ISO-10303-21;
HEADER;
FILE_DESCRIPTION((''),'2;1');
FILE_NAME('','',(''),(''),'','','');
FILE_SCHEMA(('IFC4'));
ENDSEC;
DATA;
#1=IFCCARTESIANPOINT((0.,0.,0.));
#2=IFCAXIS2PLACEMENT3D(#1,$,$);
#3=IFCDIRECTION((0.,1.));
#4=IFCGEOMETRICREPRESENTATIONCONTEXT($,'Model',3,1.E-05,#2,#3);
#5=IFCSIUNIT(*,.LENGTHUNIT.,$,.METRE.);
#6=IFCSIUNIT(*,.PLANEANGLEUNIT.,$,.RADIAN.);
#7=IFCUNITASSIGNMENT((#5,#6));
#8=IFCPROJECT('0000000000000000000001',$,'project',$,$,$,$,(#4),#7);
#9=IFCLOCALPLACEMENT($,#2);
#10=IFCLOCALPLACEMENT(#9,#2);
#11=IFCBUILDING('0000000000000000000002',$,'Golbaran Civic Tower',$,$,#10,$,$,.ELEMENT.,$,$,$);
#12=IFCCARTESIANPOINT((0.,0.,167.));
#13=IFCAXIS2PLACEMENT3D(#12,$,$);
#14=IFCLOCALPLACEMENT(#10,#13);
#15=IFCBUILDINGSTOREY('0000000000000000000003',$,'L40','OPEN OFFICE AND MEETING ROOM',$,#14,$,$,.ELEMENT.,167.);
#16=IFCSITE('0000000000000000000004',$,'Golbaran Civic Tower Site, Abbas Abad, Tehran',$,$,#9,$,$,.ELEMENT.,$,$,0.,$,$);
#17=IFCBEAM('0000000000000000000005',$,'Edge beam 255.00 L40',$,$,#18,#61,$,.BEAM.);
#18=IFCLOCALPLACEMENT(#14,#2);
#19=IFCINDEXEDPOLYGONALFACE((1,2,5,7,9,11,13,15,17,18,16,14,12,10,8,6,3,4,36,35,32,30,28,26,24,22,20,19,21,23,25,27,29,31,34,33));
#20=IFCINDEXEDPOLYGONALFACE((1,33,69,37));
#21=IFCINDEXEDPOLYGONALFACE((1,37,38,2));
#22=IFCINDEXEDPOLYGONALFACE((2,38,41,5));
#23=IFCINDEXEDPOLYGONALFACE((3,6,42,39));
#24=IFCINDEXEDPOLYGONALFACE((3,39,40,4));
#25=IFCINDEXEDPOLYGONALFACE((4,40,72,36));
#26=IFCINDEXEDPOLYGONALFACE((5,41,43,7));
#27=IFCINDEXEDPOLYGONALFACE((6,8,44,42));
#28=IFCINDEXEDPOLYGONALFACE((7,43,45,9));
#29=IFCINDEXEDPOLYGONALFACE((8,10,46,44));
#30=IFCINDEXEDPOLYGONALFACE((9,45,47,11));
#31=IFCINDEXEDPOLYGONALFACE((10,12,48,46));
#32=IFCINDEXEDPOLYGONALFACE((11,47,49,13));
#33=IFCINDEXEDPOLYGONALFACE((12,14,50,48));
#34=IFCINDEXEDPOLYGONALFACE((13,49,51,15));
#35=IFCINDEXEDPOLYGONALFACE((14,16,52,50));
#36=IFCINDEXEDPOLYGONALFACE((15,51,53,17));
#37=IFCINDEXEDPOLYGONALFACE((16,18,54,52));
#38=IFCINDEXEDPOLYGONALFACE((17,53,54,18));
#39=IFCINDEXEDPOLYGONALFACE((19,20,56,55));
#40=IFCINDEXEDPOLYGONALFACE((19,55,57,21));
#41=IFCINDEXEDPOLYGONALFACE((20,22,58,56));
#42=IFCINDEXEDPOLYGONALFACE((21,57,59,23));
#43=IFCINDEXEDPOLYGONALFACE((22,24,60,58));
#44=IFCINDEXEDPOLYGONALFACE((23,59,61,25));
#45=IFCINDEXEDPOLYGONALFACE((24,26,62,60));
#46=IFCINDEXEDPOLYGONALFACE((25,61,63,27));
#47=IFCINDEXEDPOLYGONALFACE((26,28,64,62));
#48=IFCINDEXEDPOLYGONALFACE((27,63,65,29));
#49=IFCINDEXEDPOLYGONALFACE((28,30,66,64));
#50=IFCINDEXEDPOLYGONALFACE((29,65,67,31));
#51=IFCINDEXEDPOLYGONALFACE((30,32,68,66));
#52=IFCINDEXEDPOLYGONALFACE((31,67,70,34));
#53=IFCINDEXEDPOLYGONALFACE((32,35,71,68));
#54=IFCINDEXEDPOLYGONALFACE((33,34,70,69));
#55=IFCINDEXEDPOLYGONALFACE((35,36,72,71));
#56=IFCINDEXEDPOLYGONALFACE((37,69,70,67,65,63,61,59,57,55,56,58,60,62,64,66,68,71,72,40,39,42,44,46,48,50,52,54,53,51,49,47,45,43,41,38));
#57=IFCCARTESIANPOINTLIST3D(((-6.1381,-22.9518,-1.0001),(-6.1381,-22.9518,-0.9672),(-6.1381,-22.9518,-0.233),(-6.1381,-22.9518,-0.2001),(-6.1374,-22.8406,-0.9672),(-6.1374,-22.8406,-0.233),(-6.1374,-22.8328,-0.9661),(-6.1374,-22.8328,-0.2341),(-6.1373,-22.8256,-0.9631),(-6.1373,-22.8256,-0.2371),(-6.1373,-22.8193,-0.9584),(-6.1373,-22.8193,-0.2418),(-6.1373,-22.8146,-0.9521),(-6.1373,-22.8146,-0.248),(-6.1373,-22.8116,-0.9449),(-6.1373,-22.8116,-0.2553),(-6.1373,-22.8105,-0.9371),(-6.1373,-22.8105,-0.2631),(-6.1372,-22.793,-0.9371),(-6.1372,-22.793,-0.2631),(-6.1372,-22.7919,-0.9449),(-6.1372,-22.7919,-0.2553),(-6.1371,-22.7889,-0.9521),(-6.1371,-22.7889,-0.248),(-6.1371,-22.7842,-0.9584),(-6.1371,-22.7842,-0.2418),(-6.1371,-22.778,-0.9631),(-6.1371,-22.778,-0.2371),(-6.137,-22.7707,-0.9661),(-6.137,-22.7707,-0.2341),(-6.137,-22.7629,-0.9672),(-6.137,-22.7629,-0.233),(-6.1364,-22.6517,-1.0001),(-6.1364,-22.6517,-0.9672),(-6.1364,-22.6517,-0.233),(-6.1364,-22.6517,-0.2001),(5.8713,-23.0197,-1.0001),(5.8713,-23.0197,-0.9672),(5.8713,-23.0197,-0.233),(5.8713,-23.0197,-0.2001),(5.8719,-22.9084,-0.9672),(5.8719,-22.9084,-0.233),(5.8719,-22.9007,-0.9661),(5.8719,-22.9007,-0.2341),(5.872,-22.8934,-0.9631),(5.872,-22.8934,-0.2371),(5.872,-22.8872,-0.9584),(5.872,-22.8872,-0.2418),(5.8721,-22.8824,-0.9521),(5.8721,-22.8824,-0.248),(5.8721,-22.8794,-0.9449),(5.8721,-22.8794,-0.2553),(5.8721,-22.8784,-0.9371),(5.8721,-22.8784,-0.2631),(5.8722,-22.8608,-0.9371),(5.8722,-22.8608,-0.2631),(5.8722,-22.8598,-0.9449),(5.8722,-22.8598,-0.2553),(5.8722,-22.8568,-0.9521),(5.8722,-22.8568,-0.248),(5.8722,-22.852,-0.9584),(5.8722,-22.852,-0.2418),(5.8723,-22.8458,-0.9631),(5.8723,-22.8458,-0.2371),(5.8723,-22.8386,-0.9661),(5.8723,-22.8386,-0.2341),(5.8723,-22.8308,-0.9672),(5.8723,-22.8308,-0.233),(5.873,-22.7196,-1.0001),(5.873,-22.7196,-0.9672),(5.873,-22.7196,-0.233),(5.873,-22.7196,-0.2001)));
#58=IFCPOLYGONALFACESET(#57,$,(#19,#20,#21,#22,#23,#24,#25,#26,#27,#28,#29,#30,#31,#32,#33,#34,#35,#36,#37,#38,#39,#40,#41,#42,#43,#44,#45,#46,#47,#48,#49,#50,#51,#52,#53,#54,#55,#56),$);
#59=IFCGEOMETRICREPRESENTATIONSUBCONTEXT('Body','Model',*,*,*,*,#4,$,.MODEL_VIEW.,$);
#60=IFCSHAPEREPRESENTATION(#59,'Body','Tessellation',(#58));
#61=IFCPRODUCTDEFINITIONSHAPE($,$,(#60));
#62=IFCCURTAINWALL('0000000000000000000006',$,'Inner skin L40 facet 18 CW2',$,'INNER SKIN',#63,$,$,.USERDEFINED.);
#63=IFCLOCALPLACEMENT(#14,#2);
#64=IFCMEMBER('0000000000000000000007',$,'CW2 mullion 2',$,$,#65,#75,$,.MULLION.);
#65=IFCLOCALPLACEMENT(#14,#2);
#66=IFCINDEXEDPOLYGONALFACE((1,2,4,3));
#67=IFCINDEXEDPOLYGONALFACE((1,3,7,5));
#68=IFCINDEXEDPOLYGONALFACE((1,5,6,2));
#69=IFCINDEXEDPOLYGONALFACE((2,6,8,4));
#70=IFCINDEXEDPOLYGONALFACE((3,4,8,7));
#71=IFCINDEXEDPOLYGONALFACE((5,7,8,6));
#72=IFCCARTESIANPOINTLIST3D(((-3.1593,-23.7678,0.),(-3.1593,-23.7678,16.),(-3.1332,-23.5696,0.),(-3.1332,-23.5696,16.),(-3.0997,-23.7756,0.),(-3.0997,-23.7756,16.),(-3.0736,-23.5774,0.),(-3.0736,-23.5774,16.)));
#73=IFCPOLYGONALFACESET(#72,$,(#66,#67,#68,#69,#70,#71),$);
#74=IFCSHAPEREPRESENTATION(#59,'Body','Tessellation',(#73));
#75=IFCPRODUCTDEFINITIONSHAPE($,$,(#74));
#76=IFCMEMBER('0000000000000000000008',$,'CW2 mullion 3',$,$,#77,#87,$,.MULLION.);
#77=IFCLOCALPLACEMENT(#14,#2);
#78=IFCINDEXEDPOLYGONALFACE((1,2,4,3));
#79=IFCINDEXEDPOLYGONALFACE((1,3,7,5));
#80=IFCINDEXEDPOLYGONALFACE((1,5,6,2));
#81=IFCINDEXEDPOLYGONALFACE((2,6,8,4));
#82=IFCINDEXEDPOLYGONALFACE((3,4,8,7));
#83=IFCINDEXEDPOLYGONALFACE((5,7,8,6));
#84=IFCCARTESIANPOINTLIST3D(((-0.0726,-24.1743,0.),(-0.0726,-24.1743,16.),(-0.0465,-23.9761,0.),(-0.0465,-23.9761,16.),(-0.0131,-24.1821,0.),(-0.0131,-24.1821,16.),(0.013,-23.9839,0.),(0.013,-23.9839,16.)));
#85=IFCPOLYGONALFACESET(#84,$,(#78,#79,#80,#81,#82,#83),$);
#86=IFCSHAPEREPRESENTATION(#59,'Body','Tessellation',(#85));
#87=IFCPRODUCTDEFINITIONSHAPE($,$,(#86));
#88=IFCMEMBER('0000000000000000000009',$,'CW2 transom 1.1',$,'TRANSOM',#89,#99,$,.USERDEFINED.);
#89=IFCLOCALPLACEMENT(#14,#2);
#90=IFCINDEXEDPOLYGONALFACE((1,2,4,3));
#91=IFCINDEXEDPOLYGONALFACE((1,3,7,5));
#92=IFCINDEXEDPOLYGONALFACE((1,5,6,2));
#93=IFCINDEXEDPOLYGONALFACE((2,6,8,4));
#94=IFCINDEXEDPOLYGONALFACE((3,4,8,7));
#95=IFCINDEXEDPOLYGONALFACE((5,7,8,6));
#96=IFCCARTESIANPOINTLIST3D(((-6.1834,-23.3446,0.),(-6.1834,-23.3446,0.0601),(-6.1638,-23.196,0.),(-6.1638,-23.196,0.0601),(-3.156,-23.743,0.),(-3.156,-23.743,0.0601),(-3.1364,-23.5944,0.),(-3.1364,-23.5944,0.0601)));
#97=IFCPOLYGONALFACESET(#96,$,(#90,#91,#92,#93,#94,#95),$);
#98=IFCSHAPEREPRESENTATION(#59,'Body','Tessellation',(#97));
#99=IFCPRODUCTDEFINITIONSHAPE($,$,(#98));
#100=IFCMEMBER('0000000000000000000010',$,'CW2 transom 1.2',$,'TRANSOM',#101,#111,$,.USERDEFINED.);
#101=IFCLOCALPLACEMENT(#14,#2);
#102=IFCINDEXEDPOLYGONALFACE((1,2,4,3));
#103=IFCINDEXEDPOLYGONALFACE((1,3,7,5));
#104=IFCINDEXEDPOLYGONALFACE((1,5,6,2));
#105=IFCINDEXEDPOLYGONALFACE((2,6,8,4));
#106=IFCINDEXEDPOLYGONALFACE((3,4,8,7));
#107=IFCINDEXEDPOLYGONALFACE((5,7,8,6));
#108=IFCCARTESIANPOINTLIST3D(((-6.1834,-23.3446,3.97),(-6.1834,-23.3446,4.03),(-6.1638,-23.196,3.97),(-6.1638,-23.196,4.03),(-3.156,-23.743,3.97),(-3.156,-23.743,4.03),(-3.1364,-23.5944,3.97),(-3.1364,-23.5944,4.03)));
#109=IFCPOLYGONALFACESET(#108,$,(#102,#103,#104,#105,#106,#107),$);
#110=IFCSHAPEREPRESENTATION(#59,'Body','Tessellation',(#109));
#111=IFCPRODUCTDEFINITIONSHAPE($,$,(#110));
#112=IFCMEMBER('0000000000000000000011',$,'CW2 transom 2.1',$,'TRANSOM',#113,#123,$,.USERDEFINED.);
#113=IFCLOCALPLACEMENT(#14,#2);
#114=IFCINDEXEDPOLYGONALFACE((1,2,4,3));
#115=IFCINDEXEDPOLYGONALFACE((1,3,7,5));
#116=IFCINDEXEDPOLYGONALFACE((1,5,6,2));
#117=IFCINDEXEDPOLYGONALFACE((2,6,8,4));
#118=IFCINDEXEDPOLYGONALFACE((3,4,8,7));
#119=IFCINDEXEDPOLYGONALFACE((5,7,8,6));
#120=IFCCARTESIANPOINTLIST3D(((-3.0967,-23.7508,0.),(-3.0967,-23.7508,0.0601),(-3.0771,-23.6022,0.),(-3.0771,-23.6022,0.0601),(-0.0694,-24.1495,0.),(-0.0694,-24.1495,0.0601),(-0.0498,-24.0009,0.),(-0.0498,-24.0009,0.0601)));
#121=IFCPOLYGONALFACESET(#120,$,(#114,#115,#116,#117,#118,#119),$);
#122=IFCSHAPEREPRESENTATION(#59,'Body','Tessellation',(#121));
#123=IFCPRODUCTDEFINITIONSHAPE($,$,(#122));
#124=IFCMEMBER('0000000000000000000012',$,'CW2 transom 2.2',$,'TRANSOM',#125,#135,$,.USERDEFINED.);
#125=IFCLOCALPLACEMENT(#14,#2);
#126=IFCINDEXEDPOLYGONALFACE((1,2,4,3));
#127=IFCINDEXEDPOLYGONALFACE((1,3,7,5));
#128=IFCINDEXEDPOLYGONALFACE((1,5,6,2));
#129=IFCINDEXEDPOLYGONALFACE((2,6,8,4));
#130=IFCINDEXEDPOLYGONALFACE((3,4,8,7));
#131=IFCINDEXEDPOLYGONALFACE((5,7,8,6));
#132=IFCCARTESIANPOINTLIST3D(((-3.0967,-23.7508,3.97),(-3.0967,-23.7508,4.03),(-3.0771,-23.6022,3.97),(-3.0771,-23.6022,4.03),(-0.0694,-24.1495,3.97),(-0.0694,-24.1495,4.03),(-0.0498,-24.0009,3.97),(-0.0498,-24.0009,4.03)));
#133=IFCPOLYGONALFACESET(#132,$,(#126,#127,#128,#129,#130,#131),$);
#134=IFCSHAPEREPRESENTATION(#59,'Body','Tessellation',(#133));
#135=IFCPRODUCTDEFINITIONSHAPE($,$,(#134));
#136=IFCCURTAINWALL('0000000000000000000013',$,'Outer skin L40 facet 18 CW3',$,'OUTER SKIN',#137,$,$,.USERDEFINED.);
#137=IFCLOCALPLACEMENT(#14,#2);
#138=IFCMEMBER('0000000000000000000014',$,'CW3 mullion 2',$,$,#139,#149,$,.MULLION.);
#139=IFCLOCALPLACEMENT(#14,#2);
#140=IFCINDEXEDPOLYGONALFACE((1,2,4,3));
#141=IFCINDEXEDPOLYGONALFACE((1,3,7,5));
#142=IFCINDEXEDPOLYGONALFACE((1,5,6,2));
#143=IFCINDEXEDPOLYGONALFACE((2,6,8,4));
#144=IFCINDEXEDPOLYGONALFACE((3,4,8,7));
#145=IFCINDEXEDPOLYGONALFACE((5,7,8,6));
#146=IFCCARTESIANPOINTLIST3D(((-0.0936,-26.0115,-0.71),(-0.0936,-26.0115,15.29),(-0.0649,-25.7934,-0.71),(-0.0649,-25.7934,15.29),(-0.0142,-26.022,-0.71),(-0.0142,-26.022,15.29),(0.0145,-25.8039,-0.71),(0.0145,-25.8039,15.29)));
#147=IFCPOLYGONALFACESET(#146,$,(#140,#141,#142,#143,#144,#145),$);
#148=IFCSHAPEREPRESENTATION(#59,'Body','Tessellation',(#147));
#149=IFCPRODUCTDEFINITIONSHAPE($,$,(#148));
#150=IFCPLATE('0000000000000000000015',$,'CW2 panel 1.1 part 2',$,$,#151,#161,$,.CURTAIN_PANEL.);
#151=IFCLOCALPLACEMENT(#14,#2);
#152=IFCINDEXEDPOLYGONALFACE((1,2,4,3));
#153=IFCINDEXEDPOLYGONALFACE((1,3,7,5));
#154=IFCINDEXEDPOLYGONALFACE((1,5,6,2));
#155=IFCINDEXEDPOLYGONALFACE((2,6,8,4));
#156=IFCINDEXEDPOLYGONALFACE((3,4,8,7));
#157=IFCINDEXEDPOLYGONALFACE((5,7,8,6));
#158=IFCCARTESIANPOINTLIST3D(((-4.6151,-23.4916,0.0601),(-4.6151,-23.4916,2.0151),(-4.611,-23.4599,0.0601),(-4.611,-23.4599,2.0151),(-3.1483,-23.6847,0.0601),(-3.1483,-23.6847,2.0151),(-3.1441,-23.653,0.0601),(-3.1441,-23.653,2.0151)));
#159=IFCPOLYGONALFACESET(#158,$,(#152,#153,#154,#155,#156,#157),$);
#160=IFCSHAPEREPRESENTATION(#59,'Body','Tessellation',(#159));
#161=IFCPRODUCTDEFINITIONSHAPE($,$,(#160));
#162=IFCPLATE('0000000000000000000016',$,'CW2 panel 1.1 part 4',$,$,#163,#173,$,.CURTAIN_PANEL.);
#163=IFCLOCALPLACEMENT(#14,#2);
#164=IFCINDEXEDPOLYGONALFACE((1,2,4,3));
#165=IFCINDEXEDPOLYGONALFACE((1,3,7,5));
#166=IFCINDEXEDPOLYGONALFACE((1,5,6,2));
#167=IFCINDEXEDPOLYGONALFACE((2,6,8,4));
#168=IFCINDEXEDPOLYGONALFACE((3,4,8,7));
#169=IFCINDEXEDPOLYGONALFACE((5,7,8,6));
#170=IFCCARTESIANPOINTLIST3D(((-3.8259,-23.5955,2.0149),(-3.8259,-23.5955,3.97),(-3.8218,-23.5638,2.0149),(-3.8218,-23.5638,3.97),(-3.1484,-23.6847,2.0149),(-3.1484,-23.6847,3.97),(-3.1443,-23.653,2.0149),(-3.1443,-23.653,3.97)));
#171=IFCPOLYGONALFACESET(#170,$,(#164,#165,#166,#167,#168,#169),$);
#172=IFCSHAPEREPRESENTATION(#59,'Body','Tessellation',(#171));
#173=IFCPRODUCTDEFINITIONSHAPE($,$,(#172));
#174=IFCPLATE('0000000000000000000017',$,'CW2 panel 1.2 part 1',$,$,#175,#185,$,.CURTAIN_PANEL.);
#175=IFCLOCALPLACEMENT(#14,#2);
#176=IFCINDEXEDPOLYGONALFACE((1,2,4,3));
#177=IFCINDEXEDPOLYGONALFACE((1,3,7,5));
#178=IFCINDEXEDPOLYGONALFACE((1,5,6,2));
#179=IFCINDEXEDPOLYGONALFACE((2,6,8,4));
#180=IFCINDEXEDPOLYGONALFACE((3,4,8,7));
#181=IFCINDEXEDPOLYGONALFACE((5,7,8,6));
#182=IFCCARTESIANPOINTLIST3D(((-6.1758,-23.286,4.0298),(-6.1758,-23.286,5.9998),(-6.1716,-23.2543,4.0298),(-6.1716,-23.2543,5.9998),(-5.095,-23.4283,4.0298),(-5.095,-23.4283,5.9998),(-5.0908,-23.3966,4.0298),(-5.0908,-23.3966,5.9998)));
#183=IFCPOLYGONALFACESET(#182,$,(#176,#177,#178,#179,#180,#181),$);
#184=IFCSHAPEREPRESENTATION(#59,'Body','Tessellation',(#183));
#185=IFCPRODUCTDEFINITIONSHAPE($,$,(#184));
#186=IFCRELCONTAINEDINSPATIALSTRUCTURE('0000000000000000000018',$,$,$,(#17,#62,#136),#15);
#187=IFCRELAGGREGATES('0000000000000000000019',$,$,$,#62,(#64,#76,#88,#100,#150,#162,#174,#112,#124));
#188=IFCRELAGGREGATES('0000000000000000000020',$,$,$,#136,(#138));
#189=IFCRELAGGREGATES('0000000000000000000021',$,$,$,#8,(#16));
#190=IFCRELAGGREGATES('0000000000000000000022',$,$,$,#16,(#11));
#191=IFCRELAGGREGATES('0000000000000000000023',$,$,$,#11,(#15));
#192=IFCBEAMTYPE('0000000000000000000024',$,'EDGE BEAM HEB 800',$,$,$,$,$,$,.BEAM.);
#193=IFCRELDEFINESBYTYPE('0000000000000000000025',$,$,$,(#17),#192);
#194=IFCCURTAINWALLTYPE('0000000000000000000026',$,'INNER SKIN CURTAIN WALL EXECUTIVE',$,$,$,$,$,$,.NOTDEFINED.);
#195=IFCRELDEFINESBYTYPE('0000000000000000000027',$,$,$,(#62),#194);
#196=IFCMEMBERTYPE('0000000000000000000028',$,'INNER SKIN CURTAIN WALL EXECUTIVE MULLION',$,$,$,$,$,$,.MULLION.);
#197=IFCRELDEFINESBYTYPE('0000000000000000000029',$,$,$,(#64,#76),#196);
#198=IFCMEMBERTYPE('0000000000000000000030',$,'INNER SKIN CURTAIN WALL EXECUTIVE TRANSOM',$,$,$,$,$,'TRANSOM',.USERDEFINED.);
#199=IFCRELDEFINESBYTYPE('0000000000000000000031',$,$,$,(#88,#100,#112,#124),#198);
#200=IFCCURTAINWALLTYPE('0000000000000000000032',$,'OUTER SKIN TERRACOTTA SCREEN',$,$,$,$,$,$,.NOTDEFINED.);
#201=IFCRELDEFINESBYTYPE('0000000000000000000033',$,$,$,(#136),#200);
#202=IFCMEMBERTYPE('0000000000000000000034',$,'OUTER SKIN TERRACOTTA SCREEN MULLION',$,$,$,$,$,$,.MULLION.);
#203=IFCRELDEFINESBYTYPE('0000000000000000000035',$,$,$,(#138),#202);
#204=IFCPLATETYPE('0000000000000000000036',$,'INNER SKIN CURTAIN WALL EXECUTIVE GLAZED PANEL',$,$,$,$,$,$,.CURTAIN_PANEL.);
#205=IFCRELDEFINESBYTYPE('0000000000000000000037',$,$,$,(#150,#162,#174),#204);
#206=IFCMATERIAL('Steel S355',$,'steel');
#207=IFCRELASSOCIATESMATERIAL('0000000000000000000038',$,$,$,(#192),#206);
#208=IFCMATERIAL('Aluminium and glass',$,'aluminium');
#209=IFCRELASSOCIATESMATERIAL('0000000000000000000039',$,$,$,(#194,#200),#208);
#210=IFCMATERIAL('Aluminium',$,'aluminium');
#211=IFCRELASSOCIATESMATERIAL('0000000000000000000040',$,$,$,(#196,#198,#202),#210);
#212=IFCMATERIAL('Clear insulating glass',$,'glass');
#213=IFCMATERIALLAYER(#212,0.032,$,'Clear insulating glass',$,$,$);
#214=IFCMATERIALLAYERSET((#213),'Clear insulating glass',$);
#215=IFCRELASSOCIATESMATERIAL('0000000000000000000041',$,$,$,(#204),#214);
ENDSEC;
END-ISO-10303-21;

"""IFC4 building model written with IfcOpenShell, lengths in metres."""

from ifc_helpers import new_model, si_unit, direction, frame, origin, origin_2d, place, context, subcontext, project, spatial, rectangle, i_section, extrude, material, layer, layer_set, material_profile, profile_set, type_object, element, aggregate, save


model = new_model("IFC4")

# Units and contexts
model_context = context("Model", 3, precision=1e-05, world=origin(), true_north=direction((0.0, 1.0)))
body_context = subcontext(model_context, "Body", "Model", "MODEL_VIEW")
ifc_project = project(units=[si_unit("LENGTHUNIT", "METRE"), si_unit("PLANEANGLEUNIT", "RADIAN")], contexts=[model_context])

# Site, building, storey
site_placement = place(None, origin())
site = spatial("IfcSite", under=ifc_project, at=site_placement, Name="Golbaran Civic Tower Site, Abbas Abad, Tehran", CompositionType="ELEMENT", RefElevation=0.0)
building_placement = place(site_placement, origin())
building = spatial("IfcBuilding", under=site, at=building_placement, Name="Golbaran Civic Tower", CompositionType="ELEMENT")
storey_placement = place(building_placement, frame((0.0, 0.0, 167.0)))
storey = spatial("IfcBuildingStorey", under=building, at=storey_placement, Name="L40", Description="OPEN OFFICE AND MEETING ROOM", CompositionType="ELEMENT", Elevation=167.0)

# Beam
ifc_material_1 = material(Name="Steel S355", Category="steel")
ifc_material_profile_1 = material_profile(ifc_material_1, i_section(OverallWidth=0.3, OverallDepth=0.8, WebThickness=0.0176, FlangeThickness=0.033, FilletRadius=0.03, at=origin_2d()), Name="HEB 800")
ifc_profile_set_1 = profile_set([ifc_material_profile_1], Name="Steel S355")
beam_type = type_object("IfcBeamType", Name="EDGE BEAM HEB 800", PredefinedType="BEAM", material=ifc_profile_set_1)
beam_placement = place(storey_placement, frame((-6.1372, -22.8018, -0.6001), z_axis=(0.999984, -0.005651, 0.0), x_axis=(0.005651, 0.999984, 0.0)))
element("IfcBeam", 1, at=beam_placement, inside=storey, type_object=beam_type, Name="Edge beam 255.00 L40", PredefinedType="BEAM", context=body_context, shape_type="SweptSolid", body=[
    extrude(i_section(OverallWidth=0.3, OverallDepth=0.8, WebThickness=0.0176, FlangeThickness=0.033, FilletRadius=0.03, at=origin_2d()), origin(), (0.0, 0.0, 1.0), 12.0095),
])

# Curtain wall, members
ifc_material_2 = material(Name="Aluminium and glass", Category="aluminium")
curtain_wall_type_1 = type_object("IfcCurtainWallType", Name="INNER SKIN CURTAIN WALL EXECUTIVE", PredefinedType="NOTDEFINED", material=ifc_material_2)
curtain_wall_1_placement = place(storey_placement, origin())
curtain_wall_1 = element("IfcCurtainWall", 2, at=curtain_wall_1_placement, inside=storey, type_object=curtain_wall_type_1, Name="Inner skin L40 facet 18 CW2", ObjectType="INNER SKIN", PredefinedType="USERDEFINED")
ifc_material_3 = material(Name="Aluminium", Category="aluminium")
ifc_material_profile_2 = material_profile(ifc_material_3, rectangle(XDim=0.2, YDim=0.0601, at=origin_2d()), Name="INNER SKIN CURTAIN WALL EXECUTIVE MULLION")
ifc_profile_set_2 = profile_set([ifc_material_profile_2], Name="Aluminium")
member_type_1 = type_object("IfcMemberType", Name="INNER SKIN CURTAIN WALL EXECUTIVE MULLION", PredefinedType="MULLION", material=ifc_profile_set_2)
member_1_placement = place(storey_placement, frame((-3.1165, -23.6726, 0.0), z_axis=(0.0, 0.0, 1.0), x_axis=(0.130526, 0.991445, 0.0)))
member_1 = element("IfcMember", 3, at=member_1_placement, type_object=member_type_1, Name="CW2 mullion 2", PredefinedType="MULLION", context=body_context, shape_type="SweptSolid", body=[
    extrude(rectangle(XDim=0.2, YDim=0.0601, at=origin_2d()), origin(), (0.0, 0.0, 1.0), 16.0),
])
member_2_placement = place(storey_placement, frame((-0.0298, -24.0791, 0.0), z_axis=(0.0, 0.0, 1.0), x_axis=(0.130526, 0.991445, 0.0)))
member_2 = element("IfcMember", 4, at=member_2_placement, type_object=member_type_1, Name="CW2 mullion 3", PredefinedType="MULLION", context=body_context, shape_type="SweptSolid", body=[
    extrude(rectangle(XDim=0.2, YDim=0.0601, at=origin_2d()), origin(), (0.0, 0.0, 1.0), 16.0),
])
ifc_material_profile_3 = material_profile(ifc_material_3, rectangle(XDim=0.1499, YDim=0.0601, at=origin_2d()), Name="INNER SKIN CURTAIN WALL EXECUTIVE TRANSOM")
ifc_profile_set_3 = profile_set([ifc_material_profile_3], Name="Aluminium")
member_type_2 = type_object("IfcMemberType", Name="INNER SKIN CURTAIN WALL EXECUTIVE TRANSOM", ElementType="TRANSOM", PredefinedType="USERDEFINED", material=ifc_profile_set_3)
member_3_placement = place(storey_placement, frame((-6.1736, -23.2703, 0.03), z_axis=(0.99145, -0.130488, 0.0), x_axis=(0.130488, 0.99145, 0.0)))
member_3 = element("IfcMember", 5, at=member_3_placement, type_object=member_type_2, Name="CW2 transom 1.1", ObjectType="TRANSOM", PredefinedType="USERDEFINED", context=body_context, shape_type="SweptSolid", body=[
    extrude(rectangle(XDim=0.1499, YDim=0.0601, at=origin_2d()), origin(), (0.0, 0.0, 1.0), 3.0535),
])
member_4_placement = place(storey_placement, frame((-6.1736, -23.2703, 4.0), z_axis=(0.99145, -0.130488, 0.0), x_axis=(0.130488, 0.99145, 0.0)))
member_4 = element("IfcMember", 6, at=member_4_placement, type_object=member_type_2, Name="CW2 transom 1.2", ObjectType="TRANSOM", PredefinedType="USERDEFINED", context=body_context, shape_type="SweptSolid", body=[
    extrude(rectangle(XDim=0.1499, YDim=0.0601, at=origin_2d()), origin(), (0.0, 0.0, 1.0), 3.0535),
])
member_5_placement = place(storey_placement, frame((-3.0869, -23.6765, 0.03), z_axis=(0.99144, -0.130566, 0.0), x_axis=(0.130566, 0.99144, 0.0)))
member_5 = element("IfcMember", 7, at=member_5_placement, type_object=member_type_2, Name="CW2 transom 2.1", ObjectType="TRANSOM", PredefinedType="USERDEFINED", context=body_context, shape_type="SweptSolid", body=[
    extrude(rectangle(XDim=0.1499, YDim=0.0601, at=origin_2d()), origin(), (0.0, 0.0, 1.0), 3.0535),
])
member_6_placement = place(storey_placement, frame((-3.0869, -23.6765, 4.0), z_axis=(0.99144, -0.130566, 0.0), x_axis=(0.130566, 0.99144, 0.0)))
member_6 = element("IfcMember", 8, at=member_6_placement, type_object=member_type_2, Name="CW2 transom 2.2", ObjectType="TRANSOM", PredefinedType="USERDEFINED", context=body_context, shape_type="SweptSolid", body=[
    extrude(rectangle(XDim=0.1499, YDim=0.0601, at=origin_2d()), origin(), (0.0, 0.0, 1.0), 3.0535),
])

# Curtain wall, member
curtain_wall_type_2 = type_object("IfcCurtainWallType", Name="OUTER SKIN TERRACOTTA SCREEN", PredefinedType="NOTDEFINED", material=ifc_material_2)
curtain_wall_2_placement = place(storey_placement, origin())
curtain_wall_2 = element("IfcCurtainWall", 9, at=curtain_wall_2_placement, inside=storey, type_object=curtain_wall_type_2, Name="Outer skin L40 facet 18 CW3", ObjectType="OUTER SKIN", PredefinedType="USERDEFINED")
ifc_material_profile_4 = material_profile(ifc_material_3, rectangle(XDim=0.22, YDim=0.0801, at=origin_2d()), Name="OUTER SKIN TERRACOTTA SCREEN MULLION")
ifc_profile_set_4 = profile_set([ifc_material_profile_4], Name="Aluminium")
member_type_3 = type_object("IfcMemberType", Name="OUTER SKIN TERRACOTTA SCREEN MULLION", PredefinedType="MULLION", material=ifc_profile_set_4)
member_7_placement = place(storey_placement, frame((-0.0396, -25.9077, -0.71), z_axis=(0.0, 0.0, 1.0), x_axis=(0.130526, 0.991445, 0.0)))
member_7 = element("IfcMember", 10, at=member_7_placement, type_object=member_type_3, Name="CW3 mullion 2", PredefinedType="MULLION", context=body_context, shape_type="SweptSolid", body=[
    extrude(rectangle(XDim=0.22, YDim=0.0801, at=origin_2d()), origin(), (0.0, 0.0, 1.0), 16.0),
])

# Plates
ifc_material_4 = material(Name="Clear insulating glass", Category="glass")
ifc_layer_1 = layer(ifc_material_4, 0.032, Name="Clear insulating glass")
ifc_layer_set_1 = layer_set([ifc_layer_1], Name="Clear insulating glass")
plate_type_1 = type_object("IfcPlateType", Name="INNER SKIN CURTAIN WALL EXECUTIVE GLAZED PANEL", PredefinedType="CURTAIN_PANEL", material=ifc_layer_set_1)
plate_1_placement = place(storey_placement, frame((-3.8796, -23.5723, 0.0601), z_axis=(0.0, 0.0, 1.0), x_axis=(0.991445, -0.130526, 0.0)))
plate_1 = element("IfcPlate", 11, at=plate_1_placement, type_object=plate_type_1, Name="CW2 panel 1.1 part 2", PredefinedType="CURTAIN_PANEL", context=body_context, shape_type="SweptSolid", body=[
    extrude(rectangle(XDim=1.4795, YDim=0.032, at=origin_2d()), origin(), (0.0, 0.0, 1.0), 1.9551),
])
plate_2_placement = place(storey_placement, frame((-3.4851, -23.6243, 2.0149), z_axis=(0.0, 0.0, 1.0), x_axis=(0.991445, -0.130526, 0.0)))
plate_2 = element("IfcPlate", 12, at=plate_2_placement, type_object=plate_type_1, Name="CW2 panel 1.1 part 4", PredefinedType="CURTAIN_PANEL", context=body_context, shape_type="SweptSolid", body=[
    extrude(rectangle(XDim=0.6833, YDim=0.032, at=origin_2d()), origin(), (0.0, 0.0, 1.0), 1.9551),
])
plate_3_placement = place(storey_placement, frame((-5.6333, -23.3413, 4.0298), z_axis=(0.0, 0.0, 1.0), x_axis=(0.991445, -0.130526, 0.0)))
plate_3 = element("IfcPlate", 13, at=plate_3_placement, type_object=plate_type_1, Name="CW2 panel 1.2 part 1", PredefinedType="CURTAIN_PANEL", context=body_context, shape_type="SweptSolid", body=[
    extrude(rectangle(XDim=1.0901, YDim=0.032, at=origin_2d()), origin(), (0.0, 0.0, 1.0), 1.97),
])
aggregate(curtain_wall_1, [member_1, member_2, member_3, member_4, plate_1, plate_2, plate_3, member_5, member_6])
aggregate(curtain_wall_2, [member_7])

save(model, "model.ifc")
